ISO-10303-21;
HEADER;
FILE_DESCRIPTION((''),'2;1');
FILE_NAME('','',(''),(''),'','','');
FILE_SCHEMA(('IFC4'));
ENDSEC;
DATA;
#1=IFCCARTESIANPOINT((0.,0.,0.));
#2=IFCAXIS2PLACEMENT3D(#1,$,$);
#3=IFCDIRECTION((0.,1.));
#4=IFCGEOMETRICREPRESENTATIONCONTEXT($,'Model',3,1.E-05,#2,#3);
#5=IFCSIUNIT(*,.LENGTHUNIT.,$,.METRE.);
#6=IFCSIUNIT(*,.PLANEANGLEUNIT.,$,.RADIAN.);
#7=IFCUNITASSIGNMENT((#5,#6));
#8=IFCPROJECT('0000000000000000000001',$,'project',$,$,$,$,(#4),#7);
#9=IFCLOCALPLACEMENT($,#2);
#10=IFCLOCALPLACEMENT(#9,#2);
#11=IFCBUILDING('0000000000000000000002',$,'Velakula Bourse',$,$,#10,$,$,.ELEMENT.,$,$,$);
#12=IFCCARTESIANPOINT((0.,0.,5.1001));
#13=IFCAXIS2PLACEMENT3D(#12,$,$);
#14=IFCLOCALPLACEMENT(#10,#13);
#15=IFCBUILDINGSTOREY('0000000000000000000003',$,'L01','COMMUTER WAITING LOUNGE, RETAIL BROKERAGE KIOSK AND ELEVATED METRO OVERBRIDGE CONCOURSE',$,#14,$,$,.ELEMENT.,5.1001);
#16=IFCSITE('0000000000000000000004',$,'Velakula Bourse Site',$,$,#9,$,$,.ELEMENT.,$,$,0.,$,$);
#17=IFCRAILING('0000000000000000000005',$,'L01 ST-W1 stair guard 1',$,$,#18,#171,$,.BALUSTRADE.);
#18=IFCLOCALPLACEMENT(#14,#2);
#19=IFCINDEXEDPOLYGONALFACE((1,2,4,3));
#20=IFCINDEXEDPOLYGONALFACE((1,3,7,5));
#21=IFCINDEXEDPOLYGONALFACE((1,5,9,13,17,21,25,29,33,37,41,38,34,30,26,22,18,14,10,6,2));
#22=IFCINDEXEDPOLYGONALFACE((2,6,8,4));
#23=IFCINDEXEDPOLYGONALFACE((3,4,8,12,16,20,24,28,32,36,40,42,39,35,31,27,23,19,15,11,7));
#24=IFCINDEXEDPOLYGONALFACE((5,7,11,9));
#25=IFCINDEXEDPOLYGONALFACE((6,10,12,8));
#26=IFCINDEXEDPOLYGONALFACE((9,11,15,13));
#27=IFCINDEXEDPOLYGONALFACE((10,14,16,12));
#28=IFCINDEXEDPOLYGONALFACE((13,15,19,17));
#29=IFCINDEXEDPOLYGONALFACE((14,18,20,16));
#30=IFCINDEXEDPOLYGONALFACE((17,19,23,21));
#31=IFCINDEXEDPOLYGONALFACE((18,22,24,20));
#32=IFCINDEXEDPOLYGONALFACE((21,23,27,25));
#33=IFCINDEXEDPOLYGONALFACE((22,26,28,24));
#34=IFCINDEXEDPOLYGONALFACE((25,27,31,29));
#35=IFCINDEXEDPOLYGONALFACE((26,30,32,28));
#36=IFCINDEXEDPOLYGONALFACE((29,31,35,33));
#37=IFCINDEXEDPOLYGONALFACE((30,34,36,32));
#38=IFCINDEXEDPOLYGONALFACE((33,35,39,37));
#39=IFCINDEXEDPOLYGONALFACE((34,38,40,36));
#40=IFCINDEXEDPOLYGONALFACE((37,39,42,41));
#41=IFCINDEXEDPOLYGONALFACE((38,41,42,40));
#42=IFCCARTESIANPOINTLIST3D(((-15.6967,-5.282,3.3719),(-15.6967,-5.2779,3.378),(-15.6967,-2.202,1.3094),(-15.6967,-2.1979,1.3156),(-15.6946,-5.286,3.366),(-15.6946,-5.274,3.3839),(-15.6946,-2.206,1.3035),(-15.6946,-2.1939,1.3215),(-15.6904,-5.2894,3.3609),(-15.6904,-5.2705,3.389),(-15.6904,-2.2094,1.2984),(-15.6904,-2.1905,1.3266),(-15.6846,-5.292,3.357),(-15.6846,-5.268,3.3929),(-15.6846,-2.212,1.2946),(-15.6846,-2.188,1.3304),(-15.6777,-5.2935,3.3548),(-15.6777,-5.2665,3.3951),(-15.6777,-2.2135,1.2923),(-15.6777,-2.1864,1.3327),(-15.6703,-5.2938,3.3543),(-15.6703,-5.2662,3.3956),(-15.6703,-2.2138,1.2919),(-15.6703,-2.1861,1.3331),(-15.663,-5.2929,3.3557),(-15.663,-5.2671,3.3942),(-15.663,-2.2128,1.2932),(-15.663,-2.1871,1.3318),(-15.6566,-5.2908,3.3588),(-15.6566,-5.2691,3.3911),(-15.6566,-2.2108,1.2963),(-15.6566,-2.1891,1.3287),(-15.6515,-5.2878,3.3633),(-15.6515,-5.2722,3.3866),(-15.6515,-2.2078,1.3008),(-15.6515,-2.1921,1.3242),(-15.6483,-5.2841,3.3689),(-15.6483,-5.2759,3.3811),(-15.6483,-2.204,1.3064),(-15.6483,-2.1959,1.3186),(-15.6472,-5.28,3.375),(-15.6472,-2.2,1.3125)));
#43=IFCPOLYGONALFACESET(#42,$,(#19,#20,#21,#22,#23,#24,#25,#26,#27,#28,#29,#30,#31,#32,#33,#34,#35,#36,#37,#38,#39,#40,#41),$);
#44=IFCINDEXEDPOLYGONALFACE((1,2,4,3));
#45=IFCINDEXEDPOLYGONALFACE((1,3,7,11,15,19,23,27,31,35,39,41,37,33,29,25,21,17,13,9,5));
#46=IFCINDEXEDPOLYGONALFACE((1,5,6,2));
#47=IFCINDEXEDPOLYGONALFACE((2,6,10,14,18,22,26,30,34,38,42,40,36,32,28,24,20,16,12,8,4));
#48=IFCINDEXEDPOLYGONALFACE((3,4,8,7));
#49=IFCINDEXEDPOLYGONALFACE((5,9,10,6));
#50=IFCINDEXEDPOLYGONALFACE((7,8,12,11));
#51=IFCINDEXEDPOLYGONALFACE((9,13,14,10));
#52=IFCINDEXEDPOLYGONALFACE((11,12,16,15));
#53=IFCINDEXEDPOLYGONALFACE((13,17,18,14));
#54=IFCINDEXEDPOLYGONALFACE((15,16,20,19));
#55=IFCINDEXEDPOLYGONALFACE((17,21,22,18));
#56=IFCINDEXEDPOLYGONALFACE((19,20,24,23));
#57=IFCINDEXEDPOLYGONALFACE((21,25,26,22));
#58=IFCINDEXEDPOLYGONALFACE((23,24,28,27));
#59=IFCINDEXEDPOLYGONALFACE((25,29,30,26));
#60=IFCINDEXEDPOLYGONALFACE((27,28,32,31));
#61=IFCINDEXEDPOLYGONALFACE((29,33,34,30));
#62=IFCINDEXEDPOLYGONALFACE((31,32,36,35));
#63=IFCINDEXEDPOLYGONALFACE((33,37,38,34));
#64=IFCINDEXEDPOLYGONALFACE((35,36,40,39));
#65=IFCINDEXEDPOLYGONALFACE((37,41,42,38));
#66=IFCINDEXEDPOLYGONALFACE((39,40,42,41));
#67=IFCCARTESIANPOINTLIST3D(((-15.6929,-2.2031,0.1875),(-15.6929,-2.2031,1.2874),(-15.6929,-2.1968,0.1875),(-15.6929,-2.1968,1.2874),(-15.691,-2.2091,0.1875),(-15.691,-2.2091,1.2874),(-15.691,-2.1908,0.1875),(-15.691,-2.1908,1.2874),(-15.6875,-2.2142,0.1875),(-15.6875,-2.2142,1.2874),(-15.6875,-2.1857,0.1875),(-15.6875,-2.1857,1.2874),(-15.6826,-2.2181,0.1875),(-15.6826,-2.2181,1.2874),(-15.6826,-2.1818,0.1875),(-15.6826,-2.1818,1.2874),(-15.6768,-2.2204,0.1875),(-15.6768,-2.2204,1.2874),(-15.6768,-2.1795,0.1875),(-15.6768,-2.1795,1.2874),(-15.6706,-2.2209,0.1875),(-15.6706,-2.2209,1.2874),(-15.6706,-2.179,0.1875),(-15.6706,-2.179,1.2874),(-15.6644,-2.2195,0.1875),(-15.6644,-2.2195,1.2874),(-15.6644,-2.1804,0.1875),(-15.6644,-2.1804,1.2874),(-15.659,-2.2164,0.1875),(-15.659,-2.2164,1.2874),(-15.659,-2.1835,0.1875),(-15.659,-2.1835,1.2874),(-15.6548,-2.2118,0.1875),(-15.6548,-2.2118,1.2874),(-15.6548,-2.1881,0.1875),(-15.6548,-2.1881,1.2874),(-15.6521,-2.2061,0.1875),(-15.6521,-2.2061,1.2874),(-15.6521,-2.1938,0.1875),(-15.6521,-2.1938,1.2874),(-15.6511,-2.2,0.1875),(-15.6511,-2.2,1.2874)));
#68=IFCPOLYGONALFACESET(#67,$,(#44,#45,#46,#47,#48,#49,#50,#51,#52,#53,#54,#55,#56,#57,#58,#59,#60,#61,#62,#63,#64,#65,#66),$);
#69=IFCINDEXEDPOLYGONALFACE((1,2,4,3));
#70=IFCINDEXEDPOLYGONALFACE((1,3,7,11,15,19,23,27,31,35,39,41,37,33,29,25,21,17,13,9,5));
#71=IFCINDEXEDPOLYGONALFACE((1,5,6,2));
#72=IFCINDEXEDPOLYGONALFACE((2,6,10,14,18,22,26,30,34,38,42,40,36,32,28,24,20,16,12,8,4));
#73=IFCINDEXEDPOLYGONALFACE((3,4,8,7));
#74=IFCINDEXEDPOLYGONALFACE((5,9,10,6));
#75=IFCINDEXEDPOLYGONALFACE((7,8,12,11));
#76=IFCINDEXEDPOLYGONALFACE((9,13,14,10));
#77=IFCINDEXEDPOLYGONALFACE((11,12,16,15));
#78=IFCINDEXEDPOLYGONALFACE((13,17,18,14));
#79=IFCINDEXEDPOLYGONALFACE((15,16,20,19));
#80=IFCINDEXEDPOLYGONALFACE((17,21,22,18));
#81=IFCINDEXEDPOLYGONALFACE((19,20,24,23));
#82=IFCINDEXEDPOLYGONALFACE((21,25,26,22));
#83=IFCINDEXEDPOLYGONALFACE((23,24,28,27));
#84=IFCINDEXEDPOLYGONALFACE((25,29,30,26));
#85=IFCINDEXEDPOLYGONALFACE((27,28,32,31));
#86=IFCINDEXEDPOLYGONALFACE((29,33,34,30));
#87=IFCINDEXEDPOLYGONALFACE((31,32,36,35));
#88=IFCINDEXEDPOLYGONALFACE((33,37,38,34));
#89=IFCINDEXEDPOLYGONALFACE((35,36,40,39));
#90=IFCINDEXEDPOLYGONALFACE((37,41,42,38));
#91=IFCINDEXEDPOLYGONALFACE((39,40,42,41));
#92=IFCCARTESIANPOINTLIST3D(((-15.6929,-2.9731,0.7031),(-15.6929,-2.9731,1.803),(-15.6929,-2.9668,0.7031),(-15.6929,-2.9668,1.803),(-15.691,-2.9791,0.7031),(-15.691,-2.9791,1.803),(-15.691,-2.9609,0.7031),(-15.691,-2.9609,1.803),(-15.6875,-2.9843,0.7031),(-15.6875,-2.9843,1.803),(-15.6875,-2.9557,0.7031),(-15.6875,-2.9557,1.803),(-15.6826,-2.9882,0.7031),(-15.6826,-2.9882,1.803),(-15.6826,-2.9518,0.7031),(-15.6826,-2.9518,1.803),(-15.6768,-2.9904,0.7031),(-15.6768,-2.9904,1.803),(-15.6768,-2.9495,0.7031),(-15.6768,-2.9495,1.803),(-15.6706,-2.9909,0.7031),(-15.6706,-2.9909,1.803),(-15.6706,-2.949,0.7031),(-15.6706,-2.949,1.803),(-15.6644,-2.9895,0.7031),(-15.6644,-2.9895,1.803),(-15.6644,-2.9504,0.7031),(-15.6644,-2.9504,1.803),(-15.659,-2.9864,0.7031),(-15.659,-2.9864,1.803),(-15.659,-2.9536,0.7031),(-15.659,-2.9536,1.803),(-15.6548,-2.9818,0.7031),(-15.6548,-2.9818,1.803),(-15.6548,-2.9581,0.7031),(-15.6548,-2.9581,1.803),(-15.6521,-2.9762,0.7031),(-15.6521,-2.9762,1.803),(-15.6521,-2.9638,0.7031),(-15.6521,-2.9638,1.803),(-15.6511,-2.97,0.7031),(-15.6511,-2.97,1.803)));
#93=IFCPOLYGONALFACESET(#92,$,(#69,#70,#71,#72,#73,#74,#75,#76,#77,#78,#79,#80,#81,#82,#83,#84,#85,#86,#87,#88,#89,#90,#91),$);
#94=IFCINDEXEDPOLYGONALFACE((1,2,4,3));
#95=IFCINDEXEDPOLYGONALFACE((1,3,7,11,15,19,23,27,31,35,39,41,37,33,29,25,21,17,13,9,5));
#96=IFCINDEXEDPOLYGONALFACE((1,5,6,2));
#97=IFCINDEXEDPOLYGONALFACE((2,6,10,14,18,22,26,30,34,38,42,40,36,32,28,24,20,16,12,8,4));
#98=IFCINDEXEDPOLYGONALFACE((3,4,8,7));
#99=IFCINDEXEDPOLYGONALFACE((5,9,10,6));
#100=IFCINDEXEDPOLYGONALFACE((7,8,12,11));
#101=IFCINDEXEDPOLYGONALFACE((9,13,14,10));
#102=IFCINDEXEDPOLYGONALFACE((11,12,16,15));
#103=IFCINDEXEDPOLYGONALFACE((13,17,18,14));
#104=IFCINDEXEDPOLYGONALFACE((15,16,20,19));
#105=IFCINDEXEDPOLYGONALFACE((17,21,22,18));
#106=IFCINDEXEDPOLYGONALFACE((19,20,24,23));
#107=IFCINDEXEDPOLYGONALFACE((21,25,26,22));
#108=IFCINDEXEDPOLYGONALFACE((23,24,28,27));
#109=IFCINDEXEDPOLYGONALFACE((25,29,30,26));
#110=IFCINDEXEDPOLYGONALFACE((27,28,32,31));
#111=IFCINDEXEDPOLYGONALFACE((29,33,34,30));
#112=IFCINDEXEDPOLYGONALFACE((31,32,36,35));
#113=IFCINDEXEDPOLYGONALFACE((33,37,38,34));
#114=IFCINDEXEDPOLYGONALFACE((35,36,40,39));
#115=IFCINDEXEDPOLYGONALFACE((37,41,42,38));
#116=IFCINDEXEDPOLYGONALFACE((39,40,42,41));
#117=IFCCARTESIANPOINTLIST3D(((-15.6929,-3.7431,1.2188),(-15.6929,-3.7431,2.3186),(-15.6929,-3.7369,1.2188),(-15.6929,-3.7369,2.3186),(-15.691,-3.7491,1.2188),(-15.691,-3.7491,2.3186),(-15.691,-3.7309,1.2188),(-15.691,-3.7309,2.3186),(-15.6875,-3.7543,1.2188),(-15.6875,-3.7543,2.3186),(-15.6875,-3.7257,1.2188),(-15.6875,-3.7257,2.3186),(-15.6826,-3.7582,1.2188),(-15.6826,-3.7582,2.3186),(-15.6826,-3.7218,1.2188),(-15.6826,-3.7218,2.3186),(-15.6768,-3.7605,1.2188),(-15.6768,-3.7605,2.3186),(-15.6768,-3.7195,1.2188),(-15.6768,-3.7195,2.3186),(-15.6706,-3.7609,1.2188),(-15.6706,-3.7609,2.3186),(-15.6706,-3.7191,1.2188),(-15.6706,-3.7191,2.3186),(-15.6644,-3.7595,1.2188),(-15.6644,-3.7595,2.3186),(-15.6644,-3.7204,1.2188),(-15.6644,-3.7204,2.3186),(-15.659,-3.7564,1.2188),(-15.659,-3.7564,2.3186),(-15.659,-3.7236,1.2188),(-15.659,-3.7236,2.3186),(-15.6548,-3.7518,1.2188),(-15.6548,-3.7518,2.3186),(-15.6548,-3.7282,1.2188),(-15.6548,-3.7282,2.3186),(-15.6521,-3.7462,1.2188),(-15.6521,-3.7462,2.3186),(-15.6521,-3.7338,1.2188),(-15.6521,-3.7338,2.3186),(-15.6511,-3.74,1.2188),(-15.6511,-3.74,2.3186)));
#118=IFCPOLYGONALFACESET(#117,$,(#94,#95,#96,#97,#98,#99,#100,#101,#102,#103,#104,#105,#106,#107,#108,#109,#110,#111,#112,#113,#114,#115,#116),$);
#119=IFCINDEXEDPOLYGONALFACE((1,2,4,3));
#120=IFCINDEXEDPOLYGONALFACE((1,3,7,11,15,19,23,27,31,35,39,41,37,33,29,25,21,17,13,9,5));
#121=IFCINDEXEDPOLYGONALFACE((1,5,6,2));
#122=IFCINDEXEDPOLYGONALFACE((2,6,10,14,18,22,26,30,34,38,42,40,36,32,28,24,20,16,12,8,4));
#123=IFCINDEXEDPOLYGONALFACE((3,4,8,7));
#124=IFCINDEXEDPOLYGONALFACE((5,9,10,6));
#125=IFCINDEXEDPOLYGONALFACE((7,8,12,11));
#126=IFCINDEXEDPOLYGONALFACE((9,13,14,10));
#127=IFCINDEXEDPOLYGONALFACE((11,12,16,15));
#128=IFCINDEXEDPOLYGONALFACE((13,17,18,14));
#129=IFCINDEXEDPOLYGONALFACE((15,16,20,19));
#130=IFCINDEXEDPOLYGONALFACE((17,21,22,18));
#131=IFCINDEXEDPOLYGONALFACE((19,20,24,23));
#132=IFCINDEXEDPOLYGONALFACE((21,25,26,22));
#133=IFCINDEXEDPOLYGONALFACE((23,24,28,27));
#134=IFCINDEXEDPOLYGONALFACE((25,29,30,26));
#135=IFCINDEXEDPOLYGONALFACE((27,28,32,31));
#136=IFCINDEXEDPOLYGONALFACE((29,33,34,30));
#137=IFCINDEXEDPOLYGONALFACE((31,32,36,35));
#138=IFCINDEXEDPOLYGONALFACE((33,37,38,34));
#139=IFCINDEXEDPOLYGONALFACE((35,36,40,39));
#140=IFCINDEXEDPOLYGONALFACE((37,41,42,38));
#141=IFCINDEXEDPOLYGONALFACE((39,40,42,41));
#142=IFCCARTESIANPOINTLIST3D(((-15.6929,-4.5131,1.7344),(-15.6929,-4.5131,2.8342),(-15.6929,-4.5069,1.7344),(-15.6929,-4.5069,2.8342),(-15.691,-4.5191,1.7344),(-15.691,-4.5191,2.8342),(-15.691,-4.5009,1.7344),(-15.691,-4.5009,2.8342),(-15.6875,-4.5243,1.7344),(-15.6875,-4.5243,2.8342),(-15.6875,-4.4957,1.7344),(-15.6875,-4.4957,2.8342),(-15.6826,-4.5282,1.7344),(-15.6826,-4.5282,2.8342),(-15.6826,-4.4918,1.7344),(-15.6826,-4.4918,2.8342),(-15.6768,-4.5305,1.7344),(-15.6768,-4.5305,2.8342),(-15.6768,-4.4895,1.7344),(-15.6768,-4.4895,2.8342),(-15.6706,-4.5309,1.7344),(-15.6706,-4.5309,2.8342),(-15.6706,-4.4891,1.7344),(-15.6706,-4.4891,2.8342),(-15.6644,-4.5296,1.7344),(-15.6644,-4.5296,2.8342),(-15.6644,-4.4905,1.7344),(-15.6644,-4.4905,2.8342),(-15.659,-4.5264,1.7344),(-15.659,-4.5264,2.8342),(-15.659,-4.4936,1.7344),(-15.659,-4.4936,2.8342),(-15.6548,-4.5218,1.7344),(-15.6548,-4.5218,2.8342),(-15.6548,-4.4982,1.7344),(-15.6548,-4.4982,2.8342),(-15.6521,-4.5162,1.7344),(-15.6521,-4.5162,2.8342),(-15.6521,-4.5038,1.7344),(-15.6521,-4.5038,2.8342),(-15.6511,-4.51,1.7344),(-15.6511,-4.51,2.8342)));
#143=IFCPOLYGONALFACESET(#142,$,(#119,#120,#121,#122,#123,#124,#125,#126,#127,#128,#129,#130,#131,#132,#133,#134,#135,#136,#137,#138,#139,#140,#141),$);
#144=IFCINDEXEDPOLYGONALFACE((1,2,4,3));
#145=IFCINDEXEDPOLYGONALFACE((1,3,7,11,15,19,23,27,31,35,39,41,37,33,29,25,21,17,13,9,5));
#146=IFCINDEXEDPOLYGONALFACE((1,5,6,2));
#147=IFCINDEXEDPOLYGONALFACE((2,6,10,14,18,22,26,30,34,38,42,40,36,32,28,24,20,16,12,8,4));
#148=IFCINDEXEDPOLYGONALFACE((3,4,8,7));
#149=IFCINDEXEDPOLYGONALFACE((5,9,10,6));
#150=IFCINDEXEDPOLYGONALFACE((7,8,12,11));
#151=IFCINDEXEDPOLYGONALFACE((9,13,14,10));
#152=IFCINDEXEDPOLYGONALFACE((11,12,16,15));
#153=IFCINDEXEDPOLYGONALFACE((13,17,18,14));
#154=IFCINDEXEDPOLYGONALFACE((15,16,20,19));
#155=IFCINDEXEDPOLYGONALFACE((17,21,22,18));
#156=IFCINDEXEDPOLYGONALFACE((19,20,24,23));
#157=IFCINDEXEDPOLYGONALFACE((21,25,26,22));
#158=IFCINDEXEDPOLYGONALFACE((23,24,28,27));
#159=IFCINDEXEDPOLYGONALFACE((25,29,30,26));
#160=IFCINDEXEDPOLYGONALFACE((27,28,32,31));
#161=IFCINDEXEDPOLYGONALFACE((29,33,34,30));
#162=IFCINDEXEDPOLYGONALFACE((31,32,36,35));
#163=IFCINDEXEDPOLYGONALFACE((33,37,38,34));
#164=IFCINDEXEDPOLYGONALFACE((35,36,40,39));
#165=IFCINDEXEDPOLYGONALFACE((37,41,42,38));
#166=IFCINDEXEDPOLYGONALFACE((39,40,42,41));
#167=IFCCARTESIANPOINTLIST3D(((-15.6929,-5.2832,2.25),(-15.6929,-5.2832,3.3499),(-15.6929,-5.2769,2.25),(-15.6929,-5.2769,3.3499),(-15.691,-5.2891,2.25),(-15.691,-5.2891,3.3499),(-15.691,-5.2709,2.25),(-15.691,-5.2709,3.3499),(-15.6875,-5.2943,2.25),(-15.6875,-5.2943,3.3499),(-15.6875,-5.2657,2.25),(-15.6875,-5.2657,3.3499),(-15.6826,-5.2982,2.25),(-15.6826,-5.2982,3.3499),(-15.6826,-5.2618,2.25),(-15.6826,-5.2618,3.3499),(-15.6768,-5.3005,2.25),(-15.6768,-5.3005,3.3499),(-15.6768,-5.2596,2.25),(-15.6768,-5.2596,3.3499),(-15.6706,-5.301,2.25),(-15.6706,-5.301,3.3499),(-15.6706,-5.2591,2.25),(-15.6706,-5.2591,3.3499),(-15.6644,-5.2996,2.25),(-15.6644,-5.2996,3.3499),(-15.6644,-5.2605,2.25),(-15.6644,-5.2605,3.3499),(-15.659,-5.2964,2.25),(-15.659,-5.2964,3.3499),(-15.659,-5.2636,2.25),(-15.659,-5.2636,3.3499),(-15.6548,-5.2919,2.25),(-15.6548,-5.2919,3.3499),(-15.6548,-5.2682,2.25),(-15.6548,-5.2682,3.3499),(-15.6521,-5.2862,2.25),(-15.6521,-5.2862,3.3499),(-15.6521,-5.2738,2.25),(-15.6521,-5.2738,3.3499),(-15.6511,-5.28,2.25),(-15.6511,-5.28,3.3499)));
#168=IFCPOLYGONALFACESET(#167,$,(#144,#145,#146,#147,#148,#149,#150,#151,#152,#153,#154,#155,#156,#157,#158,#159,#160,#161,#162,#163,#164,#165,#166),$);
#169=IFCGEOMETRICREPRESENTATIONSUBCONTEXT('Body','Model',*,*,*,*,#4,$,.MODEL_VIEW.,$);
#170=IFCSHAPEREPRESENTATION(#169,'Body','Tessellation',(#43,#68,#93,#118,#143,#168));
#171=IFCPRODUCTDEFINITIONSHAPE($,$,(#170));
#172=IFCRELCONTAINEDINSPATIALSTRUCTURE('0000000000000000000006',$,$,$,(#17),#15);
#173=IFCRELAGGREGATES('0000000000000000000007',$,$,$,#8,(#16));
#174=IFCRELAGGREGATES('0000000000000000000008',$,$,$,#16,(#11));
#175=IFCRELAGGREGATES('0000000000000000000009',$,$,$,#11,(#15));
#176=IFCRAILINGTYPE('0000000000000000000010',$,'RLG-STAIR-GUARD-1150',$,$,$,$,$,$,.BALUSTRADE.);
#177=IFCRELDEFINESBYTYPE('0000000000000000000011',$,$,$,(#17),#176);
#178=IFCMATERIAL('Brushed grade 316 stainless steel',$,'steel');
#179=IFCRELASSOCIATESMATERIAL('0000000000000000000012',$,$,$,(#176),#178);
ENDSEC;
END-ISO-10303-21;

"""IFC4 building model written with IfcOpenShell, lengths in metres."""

from ifc_helpers import new_model, si_unit, direction, frame, origin, origin_2d, place, context, subcontext, project, spatial, circle, extrude, material, type_object, element, save


model = new_model("IFC4")

# Units and contexts
model_context = context("Model", 3, precision=1e-05, world=origin(), true_north=direction((0.0, 1.0)))
body_context = subcontext(model_context, "Body", "Model", "MODEL_VIEW")
ifc_project = project(units=[si_unit("LENGTHUNIT", "METRE"), si_unit("PLANEANGLEUNIT", "RADIAN")], contexts=[model_context])

# Site, building, storey
site_placement = place(None, origin())
site = spatial("IfcSite", under=ifc_project, at=site_placement, Name="Velakula Bourse Site", CompositionType="ELEMENT", RefElevation=0.0)
building_placement = place(site_placement, origin())
building = spatial("IfcBuilding", under=site, at=building_placement, Name="Velakula Bourse", CompositionType="ELEMENT")
storey_placement = place(building_placement, frame((0.0, 0.0, 5.1001)))
storey = spatial("IfcBuildingStorey", under=building, at=storey_placement, Name="L01", Description="COMMUTER WAITING LOUNGE, RETAIL BROKERAGE KIOSK AND ELEVATED METRO OVERBRIDGE CONCOURSE", CompositionType="ELEMENT", Elevation=5.1001)

# Shared definitions
ifc_material_1 = material(Name="Brushed grade 316 stainless steel", Category="steel")

# Railing
railing_type_1 = type_object("IfcRailingType", Name="RLG-STAIR-GUARD-1150", PredefinedType="BALUSTRADE", material=ifc_material_1)
railing_1_placement = place(storey_placement, frame((-15.6721, -2.2, 0.1875)))
element("IfcRailing", 1, at=railing_1_placement, inside=storey, type_object=railing_type_1, Name="L01 ST-W1 stair guard 1", PredefinedType="BALUSTRADE", context=body_context, shape_type="SweptSolid", body=[
    extrude(circle(Radius=0.0249, at=origin_2d()), frame((0.0, 0.0, 1.125), z_axis=(0.0, -0.830914, 0.556401), x_axis=(1.0, 0.0, 0.0)), (0.0, 0.0, 1.0), 3.7068),
    extrude(circle(Radius=0.021, at=origin_2d()), origin(), (0.0, 0.0, 1.0), 1.0999),
    extrude(circle(Radius=0.021, at=origin_2d()), frame((0.0, -0.77, 0.5156)), (0.0, 0.0, 1.0), 1.0999),
    extrude(circle(Radius=0.021, at=origin_2d()), frame((0.0, -1.54, 1.0312)), (0.0, 0.0, 1.0), 1.0999),
    extrude(circle(Radius=0.021, at=origin_2d()), frame((0.0, -2.3101, 1.5469)), (0.0, 0.0, 1.0), 1.0999),
    extrude(circle(Radius=0.021, at=origin_2d()), frame((0.0, -3.0801, 2.0625)), (0.0, 0.0, 1.0), 1.0999),
])

save(model, "model.ifc")
